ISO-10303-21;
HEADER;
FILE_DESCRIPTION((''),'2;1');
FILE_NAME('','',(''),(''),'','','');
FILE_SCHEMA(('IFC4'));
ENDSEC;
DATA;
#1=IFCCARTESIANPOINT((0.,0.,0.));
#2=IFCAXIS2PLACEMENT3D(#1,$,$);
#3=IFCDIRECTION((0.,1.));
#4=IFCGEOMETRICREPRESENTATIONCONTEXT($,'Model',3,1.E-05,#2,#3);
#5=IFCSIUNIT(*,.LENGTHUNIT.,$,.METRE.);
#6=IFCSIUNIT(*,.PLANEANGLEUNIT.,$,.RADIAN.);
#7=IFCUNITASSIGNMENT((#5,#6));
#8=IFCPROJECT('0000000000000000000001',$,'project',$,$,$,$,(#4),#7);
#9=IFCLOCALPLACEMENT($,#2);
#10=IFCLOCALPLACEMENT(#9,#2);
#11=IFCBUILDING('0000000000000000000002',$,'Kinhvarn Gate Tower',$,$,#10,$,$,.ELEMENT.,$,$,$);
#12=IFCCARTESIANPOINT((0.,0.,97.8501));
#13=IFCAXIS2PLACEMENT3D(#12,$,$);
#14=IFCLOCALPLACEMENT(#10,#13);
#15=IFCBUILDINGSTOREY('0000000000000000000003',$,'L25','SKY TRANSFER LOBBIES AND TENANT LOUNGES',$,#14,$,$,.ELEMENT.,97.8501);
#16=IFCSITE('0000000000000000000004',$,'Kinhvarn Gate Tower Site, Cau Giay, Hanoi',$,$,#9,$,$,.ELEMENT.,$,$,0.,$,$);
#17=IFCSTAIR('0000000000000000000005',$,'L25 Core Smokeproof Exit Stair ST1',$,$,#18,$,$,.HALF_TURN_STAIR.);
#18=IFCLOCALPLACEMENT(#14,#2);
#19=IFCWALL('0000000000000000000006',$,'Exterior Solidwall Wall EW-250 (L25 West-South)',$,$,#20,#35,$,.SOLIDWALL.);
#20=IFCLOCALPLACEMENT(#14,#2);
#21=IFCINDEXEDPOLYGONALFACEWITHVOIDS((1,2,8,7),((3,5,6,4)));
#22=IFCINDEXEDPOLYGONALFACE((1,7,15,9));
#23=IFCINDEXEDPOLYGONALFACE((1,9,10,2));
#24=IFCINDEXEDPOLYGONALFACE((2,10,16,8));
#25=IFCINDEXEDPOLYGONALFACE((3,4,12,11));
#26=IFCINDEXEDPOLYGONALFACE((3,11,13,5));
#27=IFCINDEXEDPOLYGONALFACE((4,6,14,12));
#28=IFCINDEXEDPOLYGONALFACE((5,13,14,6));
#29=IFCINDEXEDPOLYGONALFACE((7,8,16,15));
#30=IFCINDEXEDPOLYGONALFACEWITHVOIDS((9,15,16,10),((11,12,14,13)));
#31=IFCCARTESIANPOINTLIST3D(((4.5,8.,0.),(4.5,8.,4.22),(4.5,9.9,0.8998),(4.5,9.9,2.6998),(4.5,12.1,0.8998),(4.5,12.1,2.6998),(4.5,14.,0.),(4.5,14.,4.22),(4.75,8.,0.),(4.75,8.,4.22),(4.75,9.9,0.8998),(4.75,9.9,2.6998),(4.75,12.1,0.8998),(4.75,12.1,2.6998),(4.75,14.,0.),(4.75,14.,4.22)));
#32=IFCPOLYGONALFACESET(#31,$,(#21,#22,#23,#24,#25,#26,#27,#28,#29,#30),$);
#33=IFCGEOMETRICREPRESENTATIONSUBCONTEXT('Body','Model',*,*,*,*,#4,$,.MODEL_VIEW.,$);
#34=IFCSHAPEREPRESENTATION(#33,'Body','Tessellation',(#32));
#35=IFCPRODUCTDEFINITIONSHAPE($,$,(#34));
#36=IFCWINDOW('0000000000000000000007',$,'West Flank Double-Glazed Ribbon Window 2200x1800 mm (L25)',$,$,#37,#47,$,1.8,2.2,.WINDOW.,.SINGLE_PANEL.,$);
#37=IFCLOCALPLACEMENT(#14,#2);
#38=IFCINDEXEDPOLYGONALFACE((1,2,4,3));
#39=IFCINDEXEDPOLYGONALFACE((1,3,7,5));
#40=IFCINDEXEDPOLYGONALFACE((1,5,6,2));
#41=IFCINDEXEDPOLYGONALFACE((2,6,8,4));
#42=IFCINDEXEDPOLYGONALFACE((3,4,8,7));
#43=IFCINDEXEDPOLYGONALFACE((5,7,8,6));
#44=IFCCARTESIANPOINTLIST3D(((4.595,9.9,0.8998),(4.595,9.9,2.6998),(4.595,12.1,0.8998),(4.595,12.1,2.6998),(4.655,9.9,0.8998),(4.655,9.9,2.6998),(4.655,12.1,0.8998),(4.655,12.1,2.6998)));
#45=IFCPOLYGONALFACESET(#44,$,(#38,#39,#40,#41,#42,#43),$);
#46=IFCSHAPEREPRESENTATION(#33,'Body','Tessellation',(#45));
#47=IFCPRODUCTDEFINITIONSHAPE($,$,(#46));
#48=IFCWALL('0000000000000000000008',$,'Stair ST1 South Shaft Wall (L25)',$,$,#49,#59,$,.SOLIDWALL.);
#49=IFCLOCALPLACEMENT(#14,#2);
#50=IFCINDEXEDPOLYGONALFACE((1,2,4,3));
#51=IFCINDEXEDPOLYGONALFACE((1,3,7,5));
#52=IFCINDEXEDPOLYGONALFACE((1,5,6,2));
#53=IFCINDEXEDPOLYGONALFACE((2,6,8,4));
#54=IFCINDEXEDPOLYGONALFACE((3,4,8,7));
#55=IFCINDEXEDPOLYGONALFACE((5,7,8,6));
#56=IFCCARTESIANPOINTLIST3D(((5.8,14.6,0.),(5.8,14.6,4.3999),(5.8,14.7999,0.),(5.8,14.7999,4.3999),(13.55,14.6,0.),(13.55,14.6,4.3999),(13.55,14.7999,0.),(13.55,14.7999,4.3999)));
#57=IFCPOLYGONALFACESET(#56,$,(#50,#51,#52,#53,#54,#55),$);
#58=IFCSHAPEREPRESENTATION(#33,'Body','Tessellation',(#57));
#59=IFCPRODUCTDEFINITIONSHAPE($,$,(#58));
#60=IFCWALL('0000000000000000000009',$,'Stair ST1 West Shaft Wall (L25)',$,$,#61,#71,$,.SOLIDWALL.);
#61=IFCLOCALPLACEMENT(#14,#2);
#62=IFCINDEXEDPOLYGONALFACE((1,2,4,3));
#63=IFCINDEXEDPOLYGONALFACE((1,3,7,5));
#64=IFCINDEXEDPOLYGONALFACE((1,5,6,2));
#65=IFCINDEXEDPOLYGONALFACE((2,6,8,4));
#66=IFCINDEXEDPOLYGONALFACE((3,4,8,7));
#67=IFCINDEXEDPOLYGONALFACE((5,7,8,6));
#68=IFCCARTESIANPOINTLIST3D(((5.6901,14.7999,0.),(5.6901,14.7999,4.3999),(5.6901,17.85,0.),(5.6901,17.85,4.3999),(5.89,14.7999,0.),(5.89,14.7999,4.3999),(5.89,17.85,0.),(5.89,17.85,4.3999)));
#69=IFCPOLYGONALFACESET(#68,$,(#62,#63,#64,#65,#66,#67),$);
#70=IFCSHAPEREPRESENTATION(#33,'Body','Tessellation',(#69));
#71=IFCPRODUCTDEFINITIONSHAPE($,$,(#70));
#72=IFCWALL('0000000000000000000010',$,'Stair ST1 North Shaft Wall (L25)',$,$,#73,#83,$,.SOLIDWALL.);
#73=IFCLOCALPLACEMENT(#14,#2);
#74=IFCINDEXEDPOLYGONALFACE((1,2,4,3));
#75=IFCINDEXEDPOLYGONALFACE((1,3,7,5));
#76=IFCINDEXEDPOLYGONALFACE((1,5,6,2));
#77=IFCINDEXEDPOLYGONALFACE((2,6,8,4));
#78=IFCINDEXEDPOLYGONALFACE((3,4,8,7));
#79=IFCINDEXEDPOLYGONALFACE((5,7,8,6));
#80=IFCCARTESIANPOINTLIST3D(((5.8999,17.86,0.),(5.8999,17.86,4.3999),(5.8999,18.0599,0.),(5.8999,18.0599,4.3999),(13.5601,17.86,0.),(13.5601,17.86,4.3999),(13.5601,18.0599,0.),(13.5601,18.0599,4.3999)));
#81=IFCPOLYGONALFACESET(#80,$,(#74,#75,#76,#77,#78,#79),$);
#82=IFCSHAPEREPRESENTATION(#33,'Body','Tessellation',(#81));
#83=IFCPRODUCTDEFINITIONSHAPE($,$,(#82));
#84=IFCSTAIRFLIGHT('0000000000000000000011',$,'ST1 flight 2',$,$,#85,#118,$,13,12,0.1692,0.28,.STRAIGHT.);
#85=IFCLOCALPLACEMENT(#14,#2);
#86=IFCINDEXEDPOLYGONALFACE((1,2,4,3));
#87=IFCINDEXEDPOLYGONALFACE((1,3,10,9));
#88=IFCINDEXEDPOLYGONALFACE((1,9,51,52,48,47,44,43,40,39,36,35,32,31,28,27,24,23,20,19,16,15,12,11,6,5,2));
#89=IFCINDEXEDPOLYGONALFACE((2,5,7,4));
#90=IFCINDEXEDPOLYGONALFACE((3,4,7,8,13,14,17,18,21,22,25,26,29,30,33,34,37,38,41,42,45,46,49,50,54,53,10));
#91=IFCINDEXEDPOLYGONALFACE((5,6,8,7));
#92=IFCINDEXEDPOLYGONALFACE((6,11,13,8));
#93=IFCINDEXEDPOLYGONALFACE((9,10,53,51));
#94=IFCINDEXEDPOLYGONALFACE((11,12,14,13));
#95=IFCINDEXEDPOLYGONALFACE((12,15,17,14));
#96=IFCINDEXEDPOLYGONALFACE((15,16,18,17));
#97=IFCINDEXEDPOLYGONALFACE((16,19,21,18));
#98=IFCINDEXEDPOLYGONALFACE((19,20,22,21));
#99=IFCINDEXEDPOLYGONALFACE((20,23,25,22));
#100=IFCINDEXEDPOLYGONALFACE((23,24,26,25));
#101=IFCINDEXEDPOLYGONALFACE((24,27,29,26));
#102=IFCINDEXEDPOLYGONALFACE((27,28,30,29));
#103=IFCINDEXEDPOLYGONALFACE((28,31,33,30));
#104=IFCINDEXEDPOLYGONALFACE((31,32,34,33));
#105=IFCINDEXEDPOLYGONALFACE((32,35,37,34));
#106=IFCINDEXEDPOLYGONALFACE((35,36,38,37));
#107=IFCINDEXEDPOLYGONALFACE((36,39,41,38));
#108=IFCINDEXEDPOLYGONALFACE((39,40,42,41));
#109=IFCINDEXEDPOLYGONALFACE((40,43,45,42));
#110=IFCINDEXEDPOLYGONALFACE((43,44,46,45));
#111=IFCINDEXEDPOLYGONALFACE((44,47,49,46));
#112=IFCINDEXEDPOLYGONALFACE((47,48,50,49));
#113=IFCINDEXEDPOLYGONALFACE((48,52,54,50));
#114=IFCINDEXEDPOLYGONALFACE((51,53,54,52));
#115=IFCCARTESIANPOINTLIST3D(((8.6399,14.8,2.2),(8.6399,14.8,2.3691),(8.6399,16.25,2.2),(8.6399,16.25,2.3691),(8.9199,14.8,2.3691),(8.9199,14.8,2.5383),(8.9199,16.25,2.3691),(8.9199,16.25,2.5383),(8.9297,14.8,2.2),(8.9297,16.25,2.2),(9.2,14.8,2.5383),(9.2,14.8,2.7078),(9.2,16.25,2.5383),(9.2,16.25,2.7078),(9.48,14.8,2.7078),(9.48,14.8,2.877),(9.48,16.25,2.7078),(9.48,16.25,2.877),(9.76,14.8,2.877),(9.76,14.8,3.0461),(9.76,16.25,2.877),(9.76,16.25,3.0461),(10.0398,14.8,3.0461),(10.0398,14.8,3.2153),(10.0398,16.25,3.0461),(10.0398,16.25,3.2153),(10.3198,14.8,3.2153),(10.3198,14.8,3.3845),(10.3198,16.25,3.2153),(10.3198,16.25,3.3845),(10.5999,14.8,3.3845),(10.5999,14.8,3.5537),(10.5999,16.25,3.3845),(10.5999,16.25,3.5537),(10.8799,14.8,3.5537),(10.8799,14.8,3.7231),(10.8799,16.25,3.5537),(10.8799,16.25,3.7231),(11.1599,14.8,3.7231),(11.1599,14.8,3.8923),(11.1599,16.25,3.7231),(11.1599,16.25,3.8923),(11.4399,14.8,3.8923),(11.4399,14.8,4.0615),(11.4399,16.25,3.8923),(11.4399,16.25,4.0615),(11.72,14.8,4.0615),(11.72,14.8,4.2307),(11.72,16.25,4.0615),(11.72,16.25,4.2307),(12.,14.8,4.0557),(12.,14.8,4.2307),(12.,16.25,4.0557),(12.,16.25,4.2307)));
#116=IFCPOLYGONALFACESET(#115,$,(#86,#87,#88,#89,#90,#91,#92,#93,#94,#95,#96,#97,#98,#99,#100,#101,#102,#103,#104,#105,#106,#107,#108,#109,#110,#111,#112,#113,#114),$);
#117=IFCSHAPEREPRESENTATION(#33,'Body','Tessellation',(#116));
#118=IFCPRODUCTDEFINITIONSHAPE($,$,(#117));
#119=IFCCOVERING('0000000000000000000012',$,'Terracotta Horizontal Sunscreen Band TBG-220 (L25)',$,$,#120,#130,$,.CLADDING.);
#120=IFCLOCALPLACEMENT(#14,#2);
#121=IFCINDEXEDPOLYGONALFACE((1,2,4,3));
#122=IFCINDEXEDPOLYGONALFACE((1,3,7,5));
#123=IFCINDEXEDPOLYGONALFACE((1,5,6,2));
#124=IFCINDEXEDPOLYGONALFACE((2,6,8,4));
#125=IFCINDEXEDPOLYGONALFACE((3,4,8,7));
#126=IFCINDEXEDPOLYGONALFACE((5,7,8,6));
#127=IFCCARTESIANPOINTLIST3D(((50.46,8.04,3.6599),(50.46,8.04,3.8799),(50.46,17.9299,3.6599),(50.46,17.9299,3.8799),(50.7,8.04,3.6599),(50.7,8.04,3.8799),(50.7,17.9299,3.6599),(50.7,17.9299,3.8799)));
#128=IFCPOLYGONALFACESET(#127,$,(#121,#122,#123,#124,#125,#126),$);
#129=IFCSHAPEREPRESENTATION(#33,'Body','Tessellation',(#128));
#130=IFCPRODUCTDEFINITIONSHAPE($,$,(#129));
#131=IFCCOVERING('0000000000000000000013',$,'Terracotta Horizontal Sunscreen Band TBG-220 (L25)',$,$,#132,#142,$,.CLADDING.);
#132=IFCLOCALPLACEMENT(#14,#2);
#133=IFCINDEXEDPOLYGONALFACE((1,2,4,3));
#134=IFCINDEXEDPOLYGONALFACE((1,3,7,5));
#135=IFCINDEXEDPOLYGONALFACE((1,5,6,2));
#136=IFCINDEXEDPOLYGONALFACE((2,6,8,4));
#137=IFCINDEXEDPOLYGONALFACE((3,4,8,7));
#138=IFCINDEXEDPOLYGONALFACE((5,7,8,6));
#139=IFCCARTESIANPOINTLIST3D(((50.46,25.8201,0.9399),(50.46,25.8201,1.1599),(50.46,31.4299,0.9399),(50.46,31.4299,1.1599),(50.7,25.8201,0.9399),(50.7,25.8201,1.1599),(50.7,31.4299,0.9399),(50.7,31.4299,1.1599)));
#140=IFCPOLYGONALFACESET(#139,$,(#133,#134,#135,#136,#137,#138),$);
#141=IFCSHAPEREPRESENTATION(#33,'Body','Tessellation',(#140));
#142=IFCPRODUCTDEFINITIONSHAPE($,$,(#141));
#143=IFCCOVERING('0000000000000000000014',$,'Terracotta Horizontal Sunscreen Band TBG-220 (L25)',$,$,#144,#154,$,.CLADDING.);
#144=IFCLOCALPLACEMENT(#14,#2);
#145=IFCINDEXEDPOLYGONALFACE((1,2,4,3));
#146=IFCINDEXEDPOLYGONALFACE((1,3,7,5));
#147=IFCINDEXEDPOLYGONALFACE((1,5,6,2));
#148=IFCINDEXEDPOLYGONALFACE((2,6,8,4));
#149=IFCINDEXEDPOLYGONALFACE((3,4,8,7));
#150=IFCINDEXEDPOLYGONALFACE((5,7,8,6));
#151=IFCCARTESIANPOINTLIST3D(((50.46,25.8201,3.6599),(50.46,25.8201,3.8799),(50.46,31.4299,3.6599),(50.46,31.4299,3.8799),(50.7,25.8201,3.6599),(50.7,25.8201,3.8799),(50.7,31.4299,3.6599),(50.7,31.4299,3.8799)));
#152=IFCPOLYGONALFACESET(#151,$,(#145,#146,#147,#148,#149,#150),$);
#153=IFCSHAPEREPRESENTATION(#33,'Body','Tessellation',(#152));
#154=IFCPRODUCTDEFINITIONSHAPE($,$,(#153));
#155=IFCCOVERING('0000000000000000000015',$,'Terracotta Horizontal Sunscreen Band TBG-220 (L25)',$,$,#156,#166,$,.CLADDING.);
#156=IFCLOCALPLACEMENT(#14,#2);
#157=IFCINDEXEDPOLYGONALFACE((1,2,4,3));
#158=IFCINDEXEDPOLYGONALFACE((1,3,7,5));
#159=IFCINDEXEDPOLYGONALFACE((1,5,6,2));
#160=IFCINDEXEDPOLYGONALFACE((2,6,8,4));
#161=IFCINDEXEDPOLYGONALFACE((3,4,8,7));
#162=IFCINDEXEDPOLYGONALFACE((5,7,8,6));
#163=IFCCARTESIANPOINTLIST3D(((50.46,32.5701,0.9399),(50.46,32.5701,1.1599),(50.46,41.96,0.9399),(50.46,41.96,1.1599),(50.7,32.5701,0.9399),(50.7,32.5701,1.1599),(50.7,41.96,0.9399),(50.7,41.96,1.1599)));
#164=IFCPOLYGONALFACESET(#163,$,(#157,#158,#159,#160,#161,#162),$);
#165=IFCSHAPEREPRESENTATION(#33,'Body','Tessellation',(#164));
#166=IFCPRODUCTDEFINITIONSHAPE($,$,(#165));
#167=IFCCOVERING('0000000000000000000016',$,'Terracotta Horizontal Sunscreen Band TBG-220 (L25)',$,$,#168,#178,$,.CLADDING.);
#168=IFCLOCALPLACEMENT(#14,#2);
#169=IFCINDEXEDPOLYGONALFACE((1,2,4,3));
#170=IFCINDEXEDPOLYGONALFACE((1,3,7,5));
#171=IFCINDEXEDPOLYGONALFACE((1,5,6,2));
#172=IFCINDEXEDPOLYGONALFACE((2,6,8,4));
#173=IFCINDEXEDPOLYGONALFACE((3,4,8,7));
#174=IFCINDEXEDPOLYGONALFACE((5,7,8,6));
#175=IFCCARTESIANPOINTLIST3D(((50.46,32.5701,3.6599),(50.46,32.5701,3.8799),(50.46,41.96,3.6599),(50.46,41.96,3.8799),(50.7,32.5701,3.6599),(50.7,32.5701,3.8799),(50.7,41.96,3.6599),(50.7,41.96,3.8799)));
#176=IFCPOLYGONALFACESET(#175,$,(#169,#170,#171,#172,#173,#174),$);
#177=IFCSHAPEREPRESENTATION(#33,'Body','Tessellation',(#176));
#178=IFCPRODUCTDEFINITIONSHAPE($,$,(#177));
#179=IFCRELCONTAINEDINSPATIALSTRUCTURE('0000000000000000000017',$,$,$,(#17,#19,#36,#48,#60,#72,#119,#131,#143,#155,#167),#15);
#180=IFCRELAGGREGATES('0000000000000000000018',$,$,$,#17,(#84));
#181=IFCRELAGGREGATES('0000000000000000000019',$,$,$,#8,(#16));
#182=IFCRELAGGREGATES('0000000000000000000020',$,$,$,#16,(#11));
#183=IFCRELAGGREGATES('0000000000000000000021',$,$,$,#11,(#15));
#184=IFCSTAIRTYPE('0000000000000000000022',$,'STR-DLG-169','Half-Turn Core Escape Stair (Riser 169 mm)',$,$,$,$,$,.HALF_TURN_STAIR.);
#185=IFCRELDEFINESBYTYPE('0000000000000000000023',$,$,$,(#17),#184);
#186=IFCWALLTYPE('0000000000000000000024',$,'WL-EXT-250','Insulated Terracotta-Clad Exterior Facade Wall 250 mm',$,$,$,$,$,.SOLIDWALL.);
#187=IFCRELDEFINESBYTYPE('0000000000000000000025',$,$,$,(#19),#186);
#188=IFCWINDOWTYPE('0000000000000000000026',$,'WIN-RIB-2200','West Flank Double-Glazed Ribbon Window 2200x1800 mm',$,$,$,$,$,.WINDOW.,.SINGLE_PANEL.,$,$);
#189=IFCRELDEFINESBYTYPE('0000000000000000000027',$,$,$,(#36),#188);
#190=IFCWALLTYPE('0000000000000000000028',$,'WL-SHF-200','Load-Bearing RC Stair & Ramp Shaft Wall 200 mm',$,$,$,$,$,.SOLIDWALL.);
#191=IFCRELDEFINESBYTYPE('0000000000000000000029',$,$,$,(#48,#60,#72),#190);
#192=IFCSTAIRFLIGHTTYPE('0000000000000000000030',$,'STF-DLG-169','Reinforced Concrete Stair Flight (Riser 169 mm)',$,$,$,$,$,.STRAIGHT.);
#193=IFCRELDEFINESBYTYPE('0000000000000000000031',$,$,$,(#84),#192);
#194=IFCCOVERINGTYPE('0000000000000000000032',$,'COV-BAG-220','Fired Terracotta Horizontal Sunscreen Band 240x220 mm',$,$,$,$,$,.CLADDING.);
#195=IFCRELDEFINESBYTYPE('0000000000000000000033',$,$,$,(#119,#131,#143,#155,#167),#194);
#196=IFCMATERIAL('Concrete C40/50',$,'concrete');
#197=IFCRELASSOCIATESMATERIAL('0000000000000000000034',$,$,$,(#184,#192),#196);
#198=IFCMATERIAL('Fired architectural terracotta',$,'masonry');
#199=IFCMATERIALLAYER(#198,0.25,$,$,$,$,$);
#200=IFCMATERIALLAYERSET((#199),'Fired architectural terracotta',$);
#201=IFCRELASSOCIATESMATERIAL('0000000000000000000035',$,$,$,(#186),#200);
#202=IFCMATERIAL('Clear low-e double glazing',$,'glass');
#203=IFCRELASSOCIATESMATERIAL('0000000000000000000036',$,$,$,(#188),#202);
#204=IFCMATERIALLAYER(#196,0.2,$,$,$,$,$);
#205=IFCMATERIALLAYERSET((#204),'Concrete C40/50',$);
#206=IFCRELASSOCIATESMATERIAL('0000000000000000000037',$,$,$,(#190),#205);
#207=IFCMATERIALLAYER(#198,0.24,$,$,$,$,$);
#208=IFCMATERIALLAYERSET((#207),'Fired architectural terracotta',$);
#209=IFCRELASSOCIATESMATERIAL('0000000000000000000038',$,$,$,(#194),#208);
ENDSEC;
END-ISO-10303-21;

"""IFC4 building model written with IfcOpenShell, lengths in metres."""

from ifc_helpers import new_model, si_unit, direction, frame, frame_2d, origin, place, context, subcontext, project, spatial, polyline, rectangle, outline, extrude, material, layer, layer_set, type_object, element, fill, aggregate, save


model = new_model("IFC4")

# Units and contexts
model_context = context("Model", 3, precision=1e-05, world=origin(), true_north=direction((0.0, 1.0)))
body_context = subcontext(model_context, "Body", "Model", "MODEL_VIEW")
ifc_project = project(units=[si_unit("LENGTHUNIT", "METRE"), si_unit("PLANEANGLEUNIT", "RADIAN")], contexts=[model_context])

# Site, building, storey
site_placement = place(None, origin())
site = spatial("IfcSite", under=ifc_project, at=site_placement, Name="Kinhvarn Gate Tower Site, Cau Giay, Hanoi", CompositionType="ELEMENT", RefElevation=0.0)
building_placement = place(site_placement, origin())
building = spatial("IfcBuilding", under=site, at=building_placement, Name="Kinhvarn Gate Tower", CompositionType="ELEMENT")
storey_placement = place(building_placement, frame((0.0, 0.0, 97.8501)))
storey = spatial("IfcBuildingStorey", under=building, at=storey_placement, Name="L25", Description="SKY TRANSFER LOBBIES AND TENANT LOUNGES", CompositionType="ELEMENT", Elevation=97.8501)

# Shared definitions
ifc_material_1 = material(Name="Clear low-e double glazing", Category="glass")

# Stair
ifc_material_2 = material(Name="Concrete C40/50", Category="concrete")
stair_type = type_object("IfcStairType", Name="STR-DLG-169", Description="Half-Turn Core Escape Stair (Riser 169 mm)", PredefinedType="HALF_TURN_STAIR", material=ifc_material_2)
stair_1_placement = place(storey_placement, origin())
stair_1 = element("IfcStair", 1, at=stair_1_placement, inside=storey, type_object=stair_type, Name="L25 Core Smokeproof Exit Stair ST1", PredefinedType="HALF_TURN_STAIR")

# Wall, opening, window
ifc_material_3 = material(Name="Fired architectural terracotta", Category="masonry")
ifc_layer_1 = layer(ifc_material_3, 0.25)
ifc_layer_set_1 = layer_set([ifc_layer_1], Name="Fired architectural terracotta")
wall_type_1 = type_object("IfcWallType", Name="WL-EXT-250", Description="Insulated Terracotta-Clad Exterior Facade Wall 250 mm", PredefinedType="SOLIDWALL", material=ifc_layer_set_1)
wall_1_placement = place(storey_placement, frame((4.625, 14.0, 0.0), z_axis=(0.0, 0.0, 1.0), x_axis=(0.0, -1.0, 0.0)))
wall_1 = element("IfcWall", 2, at=wall_1_placement, inside=storey, type_object=wall_type_1, Name="Exterior Solidwall Wall EW-250 (L25 West-South)", PredefinedType="SOLIDWALL", context=body_context, shape_type="SweptSolid", body=[
    extrude(rectangle(XDim=6.0, YDim=0.25, at=frame_2d((3.0, 0.0))), origin(), (0.0, 0.0, 1.0), 4.22),
])
opening_placement = place(wall_1_placement, frame((1.8999, 0.0, 0.8999)))
opening = element("IfcOpeningElement", 3, at=opening_placement, cuts=wall_1, PredefinedType="OPENING", context=body_context, shape_type="SweptSolid", body=[
    extrude(rectangle(XDim=2.2, YDim=1.8, at=frame_2d((1.1001, 0.8999))), frame((0.0, 0.135, 0.0), z_axis=(0.0, -1.0, 0.0), x_axis=(1.0, 0.0, 0.0)), (0.0, 0.0, 1.0), 0.27),
])
window_type = type_object("IfcWindowType", Name="WIN-RIB-2200", Description="West Flank Double-Glazed Ribbon Window 2200x1800 mm", PartitioningType="SINGLE_PANEL", PredefinedType="WINDOW", material=ifc_material_1)
window_placement = place(opening_placement, origin())
window = element("IfcWindow", 4, at=window_placement, inside=storey, type_object=window_type, Name="West Flank Double-Glazed Ribbon Window 2200x1800 mm (L25)", OverallHeight=1.8, OverallWidth=2.2, PartitioningType="SINGLE_PANEL", PredefinedType="WINDOW", context=body_context, shape_type="SweptSolid", body=[
    extrude(rectangle(XDim=2.2, YDim=1.8, at=frame_2d((1.1001, 0.8999))), frame((0.0, 0.03, 0.0), z_axis=(0.0, -1.0, 0.0), x_axis=(1.0, 0.0, 0.0)), (0.0, 0.0, 1.0), 0.0601),
])
fill(opening, window)

# Walls
ifc_layer_2 = layer(ifc_material_2, 0.2)
ifc_layer_set_2 = layer_set([ifc_layer_2], Name="Concrete C40/50")
wall_type_2 = type_object("IfcWallType", Name="WL-SHF-200", Description="Load-Bearing RC Stair & Ramp Shaft Wall 200 mm", PredefinedType="SOLIDWALL", material=ifc_layer_set_2)
wall_2_placement = place(storey_placement, frame((5.8, 14.7, 0.0), z_axis=(0.0, 0.0, 1.0), x_axis=(1.0, 0.0, 0.0)))
element("IfcWall", 5, at=wall_2_placement, inside=storey, type_object=wall_type_2, Name="Stair ST1 South Shaft Wall (L25)", PredefinedType="SOLIDWALL", context=body_context, shape_type="SweptSolid", body=[
    extrude(rectangle(XDim=7.75, YDim=0.2, at=frame_2d((3.875, 0.0))), origin(), (0.0, 0.0, 1.0), 4.3999),
])
wall_3_placement = place(storey_placement, frame((5.79, 14.8, 0.0), z_axis=(0.0, 0.0, 1.0), x_axis=(0.0, 1.0, 0.0)))
element("IfcWall", 6, at=wall_3_placement, inside=storey, type_object=wall_type_2, Name="Stair ST1 West Shaft Wall (L25)", PredefinedType="SOLIDWALL", context=body_context, shape_type="SweptSolid", body=[
    extrude(rectangle(XDim=3.05, YDim=0.2, at=frame_2d((1.5249, 0.0))), origin(), (0.0, 0.0, 1.0), 4.3999),
])
wall_4_placement = place(storey_placement, frame((5.8999, 17.96, 0.0), z_axis=(0.0, 0.0, 1.0), x_axis=(1.0, 0.0, 0.0)))
element("IfcWall", 7, at=wall_4_placement, inside=storey, type_object=wall_type_2, Name="Stair ST1 North Shaft Wall (L25)", PredefinedType="SOLIDWALL", context=body_context, shape_type="SweptSolid", body=[
    extrude(rectangle(XDim=7.6602, YDim=0.2, at=frame_2d((3.8301, 0.0))), origin(), (0.0, 0.0, 1.0), 4.3999),
])

# Stair flight
stair_flight_type = type_object("IfcStairFlightType", Name="STF-DLG-169", Description="Reinforced Concrete Stair Flight (Riser 169 mm)", PredefinedType="STRAIGHT", material=ifc_material_2)
stair_flight_placement = place(storey_placement, frame((8.6399, 15.5249, 2.2), z_axis=(0.0, 0.0, 1.0), x_axis=(1.0, 0.0, 0.0)))
stair_flight = element("IfcStairFlight", 8, at=stair_flight_placement, type_object=stair_flight_type, Name="ST1 flight 2", NumberOfRisers=13, NumberOfTreads=12, PredefinedType="STRAIGHT", RiserHeight=0.1692, TreadLength=0.28, context=body_context, shape_type="SweptSolid", body=[
    extrude(outline(polyline([(0.0, 0.0), (0.0, 0.1692), (0.28, 0.1692), (0.28, 0.3384), (0.5601, 0.3384), (0.5601, 0.5078), (0.8401, 0.5078), (0.8401, 0.677), (1.1201, 0.677), (1.1201, 0.8462), (1.3999, 0.8462), (1.3999, 1.0154), (1.6799, 1.0154), (1.6799, 1.1846), (1.96, 1.1846), (1.96, 1.3538), (2.24, 1.3538), (2.24, 1.5232), (2.52, 1.5232), (2.52, 1.6924), (2.8, 1.6924), (2.8, 1.8616), (3.0801, 1.8616), (3.0801, 2.0308), (3.3601, 2.0308), (3.3601, 2.2), (3.3601, 1.8557), (0.2898, 0.0), (0.0, 0.0)])), frame((0.0, 0.7251, 0.0), z_axis=(0.0, -1.0, 0.0), x_axis=(1.0, 0.0, 0.0)), (0.0, 0.0, 1.0), 1.45),
])
aggregate(stair_1, [stair_flight])

# Coverings
ifc_layer_3 = layer(ifc_material_3, 0.24)
ifc_layer_set_3 = layer_set([ifc_layer_3], Name="Fired architectural terracotta")
covering_type_1 = type_object("IfcCoveringType", Name="COV-BAG-220", Description="Fired Terracotta Horizontal Sunscreen Band 240x220 mm", PredefinedType="CLADDING", material=ifc_layer_set_3)
covering_1_placement = place(storey_placement, frame((0.0, 0.0, 3.6599)))
element("IfcCovering", 9, at=covering_1_placement, inside=storey, type_object=covering_type_1, Name="Terracotta Horizontal Sunscreen Band TBG-220 (L25)", PredefinedType="CLADDING", context=body_context, shape_type="SweptSolid", body=[
    extrude(outline(polyline([(50.46, 8.04), (50.46, 17.9299), (50.7, 17.9299), (50.7, 8.04), (50.46, 8.04)])), origin(), (0.0, 0.0, 1.0), 0.22),
])
for number, where, name in (
    (10, (0.0, 0.0, 0.9399), "Terracotta Horizontal Sunscreen Band TBG-220 (L25)"),
    (11, (0.0, 0.0, 3.6599), "Terracotta Horizontal Sunscreen Band TBG-220 (L25)"),
):
    element("IfcCovering", number, at=place(storey_placement, frame(where)), inside=storey, type_object=covering_type_1, Name=name, PredefinedType="CLADDING", context=body_context, shape_type="SweptSolid", body=[
        extrude(outline(polyline([(50.46, 25.8201), (50.46, 31.4299), (50.7, 31.4299), (50.7, 25.8201), (50.46, 25.8201)])), origin(), (0.0, 0.0, 1.0), 0.22),
    ])
for number, where, name in (
    (12, (0.0, 0.0, 0.9399), "Terracotta Horizontal Sunscreen Band TBG-220 (L25)"),
    (13, (0.0, 0.0, 3.6599), "Terracotta Horizontal Sunscreen Band TBG-220 (L25)"),
):
    element("IfcCovering", number, at=place(storey_placement, frame(where)), inside=storey, type_object=covering_type_1, Name=name, PredefinedType="CLADDING", context=body_context, shape_type="SweptSolid", body=[
        extrude(outline(polyline([(50.46, 32.5701), (50.46, 41.96), (50.7, 41.96), (50.7, 32.5701), (50.46, 32.5701)])), origin(), (0.0, 0.0, 1.0), 0.22),
    ])

save(model, "model.ifc")
